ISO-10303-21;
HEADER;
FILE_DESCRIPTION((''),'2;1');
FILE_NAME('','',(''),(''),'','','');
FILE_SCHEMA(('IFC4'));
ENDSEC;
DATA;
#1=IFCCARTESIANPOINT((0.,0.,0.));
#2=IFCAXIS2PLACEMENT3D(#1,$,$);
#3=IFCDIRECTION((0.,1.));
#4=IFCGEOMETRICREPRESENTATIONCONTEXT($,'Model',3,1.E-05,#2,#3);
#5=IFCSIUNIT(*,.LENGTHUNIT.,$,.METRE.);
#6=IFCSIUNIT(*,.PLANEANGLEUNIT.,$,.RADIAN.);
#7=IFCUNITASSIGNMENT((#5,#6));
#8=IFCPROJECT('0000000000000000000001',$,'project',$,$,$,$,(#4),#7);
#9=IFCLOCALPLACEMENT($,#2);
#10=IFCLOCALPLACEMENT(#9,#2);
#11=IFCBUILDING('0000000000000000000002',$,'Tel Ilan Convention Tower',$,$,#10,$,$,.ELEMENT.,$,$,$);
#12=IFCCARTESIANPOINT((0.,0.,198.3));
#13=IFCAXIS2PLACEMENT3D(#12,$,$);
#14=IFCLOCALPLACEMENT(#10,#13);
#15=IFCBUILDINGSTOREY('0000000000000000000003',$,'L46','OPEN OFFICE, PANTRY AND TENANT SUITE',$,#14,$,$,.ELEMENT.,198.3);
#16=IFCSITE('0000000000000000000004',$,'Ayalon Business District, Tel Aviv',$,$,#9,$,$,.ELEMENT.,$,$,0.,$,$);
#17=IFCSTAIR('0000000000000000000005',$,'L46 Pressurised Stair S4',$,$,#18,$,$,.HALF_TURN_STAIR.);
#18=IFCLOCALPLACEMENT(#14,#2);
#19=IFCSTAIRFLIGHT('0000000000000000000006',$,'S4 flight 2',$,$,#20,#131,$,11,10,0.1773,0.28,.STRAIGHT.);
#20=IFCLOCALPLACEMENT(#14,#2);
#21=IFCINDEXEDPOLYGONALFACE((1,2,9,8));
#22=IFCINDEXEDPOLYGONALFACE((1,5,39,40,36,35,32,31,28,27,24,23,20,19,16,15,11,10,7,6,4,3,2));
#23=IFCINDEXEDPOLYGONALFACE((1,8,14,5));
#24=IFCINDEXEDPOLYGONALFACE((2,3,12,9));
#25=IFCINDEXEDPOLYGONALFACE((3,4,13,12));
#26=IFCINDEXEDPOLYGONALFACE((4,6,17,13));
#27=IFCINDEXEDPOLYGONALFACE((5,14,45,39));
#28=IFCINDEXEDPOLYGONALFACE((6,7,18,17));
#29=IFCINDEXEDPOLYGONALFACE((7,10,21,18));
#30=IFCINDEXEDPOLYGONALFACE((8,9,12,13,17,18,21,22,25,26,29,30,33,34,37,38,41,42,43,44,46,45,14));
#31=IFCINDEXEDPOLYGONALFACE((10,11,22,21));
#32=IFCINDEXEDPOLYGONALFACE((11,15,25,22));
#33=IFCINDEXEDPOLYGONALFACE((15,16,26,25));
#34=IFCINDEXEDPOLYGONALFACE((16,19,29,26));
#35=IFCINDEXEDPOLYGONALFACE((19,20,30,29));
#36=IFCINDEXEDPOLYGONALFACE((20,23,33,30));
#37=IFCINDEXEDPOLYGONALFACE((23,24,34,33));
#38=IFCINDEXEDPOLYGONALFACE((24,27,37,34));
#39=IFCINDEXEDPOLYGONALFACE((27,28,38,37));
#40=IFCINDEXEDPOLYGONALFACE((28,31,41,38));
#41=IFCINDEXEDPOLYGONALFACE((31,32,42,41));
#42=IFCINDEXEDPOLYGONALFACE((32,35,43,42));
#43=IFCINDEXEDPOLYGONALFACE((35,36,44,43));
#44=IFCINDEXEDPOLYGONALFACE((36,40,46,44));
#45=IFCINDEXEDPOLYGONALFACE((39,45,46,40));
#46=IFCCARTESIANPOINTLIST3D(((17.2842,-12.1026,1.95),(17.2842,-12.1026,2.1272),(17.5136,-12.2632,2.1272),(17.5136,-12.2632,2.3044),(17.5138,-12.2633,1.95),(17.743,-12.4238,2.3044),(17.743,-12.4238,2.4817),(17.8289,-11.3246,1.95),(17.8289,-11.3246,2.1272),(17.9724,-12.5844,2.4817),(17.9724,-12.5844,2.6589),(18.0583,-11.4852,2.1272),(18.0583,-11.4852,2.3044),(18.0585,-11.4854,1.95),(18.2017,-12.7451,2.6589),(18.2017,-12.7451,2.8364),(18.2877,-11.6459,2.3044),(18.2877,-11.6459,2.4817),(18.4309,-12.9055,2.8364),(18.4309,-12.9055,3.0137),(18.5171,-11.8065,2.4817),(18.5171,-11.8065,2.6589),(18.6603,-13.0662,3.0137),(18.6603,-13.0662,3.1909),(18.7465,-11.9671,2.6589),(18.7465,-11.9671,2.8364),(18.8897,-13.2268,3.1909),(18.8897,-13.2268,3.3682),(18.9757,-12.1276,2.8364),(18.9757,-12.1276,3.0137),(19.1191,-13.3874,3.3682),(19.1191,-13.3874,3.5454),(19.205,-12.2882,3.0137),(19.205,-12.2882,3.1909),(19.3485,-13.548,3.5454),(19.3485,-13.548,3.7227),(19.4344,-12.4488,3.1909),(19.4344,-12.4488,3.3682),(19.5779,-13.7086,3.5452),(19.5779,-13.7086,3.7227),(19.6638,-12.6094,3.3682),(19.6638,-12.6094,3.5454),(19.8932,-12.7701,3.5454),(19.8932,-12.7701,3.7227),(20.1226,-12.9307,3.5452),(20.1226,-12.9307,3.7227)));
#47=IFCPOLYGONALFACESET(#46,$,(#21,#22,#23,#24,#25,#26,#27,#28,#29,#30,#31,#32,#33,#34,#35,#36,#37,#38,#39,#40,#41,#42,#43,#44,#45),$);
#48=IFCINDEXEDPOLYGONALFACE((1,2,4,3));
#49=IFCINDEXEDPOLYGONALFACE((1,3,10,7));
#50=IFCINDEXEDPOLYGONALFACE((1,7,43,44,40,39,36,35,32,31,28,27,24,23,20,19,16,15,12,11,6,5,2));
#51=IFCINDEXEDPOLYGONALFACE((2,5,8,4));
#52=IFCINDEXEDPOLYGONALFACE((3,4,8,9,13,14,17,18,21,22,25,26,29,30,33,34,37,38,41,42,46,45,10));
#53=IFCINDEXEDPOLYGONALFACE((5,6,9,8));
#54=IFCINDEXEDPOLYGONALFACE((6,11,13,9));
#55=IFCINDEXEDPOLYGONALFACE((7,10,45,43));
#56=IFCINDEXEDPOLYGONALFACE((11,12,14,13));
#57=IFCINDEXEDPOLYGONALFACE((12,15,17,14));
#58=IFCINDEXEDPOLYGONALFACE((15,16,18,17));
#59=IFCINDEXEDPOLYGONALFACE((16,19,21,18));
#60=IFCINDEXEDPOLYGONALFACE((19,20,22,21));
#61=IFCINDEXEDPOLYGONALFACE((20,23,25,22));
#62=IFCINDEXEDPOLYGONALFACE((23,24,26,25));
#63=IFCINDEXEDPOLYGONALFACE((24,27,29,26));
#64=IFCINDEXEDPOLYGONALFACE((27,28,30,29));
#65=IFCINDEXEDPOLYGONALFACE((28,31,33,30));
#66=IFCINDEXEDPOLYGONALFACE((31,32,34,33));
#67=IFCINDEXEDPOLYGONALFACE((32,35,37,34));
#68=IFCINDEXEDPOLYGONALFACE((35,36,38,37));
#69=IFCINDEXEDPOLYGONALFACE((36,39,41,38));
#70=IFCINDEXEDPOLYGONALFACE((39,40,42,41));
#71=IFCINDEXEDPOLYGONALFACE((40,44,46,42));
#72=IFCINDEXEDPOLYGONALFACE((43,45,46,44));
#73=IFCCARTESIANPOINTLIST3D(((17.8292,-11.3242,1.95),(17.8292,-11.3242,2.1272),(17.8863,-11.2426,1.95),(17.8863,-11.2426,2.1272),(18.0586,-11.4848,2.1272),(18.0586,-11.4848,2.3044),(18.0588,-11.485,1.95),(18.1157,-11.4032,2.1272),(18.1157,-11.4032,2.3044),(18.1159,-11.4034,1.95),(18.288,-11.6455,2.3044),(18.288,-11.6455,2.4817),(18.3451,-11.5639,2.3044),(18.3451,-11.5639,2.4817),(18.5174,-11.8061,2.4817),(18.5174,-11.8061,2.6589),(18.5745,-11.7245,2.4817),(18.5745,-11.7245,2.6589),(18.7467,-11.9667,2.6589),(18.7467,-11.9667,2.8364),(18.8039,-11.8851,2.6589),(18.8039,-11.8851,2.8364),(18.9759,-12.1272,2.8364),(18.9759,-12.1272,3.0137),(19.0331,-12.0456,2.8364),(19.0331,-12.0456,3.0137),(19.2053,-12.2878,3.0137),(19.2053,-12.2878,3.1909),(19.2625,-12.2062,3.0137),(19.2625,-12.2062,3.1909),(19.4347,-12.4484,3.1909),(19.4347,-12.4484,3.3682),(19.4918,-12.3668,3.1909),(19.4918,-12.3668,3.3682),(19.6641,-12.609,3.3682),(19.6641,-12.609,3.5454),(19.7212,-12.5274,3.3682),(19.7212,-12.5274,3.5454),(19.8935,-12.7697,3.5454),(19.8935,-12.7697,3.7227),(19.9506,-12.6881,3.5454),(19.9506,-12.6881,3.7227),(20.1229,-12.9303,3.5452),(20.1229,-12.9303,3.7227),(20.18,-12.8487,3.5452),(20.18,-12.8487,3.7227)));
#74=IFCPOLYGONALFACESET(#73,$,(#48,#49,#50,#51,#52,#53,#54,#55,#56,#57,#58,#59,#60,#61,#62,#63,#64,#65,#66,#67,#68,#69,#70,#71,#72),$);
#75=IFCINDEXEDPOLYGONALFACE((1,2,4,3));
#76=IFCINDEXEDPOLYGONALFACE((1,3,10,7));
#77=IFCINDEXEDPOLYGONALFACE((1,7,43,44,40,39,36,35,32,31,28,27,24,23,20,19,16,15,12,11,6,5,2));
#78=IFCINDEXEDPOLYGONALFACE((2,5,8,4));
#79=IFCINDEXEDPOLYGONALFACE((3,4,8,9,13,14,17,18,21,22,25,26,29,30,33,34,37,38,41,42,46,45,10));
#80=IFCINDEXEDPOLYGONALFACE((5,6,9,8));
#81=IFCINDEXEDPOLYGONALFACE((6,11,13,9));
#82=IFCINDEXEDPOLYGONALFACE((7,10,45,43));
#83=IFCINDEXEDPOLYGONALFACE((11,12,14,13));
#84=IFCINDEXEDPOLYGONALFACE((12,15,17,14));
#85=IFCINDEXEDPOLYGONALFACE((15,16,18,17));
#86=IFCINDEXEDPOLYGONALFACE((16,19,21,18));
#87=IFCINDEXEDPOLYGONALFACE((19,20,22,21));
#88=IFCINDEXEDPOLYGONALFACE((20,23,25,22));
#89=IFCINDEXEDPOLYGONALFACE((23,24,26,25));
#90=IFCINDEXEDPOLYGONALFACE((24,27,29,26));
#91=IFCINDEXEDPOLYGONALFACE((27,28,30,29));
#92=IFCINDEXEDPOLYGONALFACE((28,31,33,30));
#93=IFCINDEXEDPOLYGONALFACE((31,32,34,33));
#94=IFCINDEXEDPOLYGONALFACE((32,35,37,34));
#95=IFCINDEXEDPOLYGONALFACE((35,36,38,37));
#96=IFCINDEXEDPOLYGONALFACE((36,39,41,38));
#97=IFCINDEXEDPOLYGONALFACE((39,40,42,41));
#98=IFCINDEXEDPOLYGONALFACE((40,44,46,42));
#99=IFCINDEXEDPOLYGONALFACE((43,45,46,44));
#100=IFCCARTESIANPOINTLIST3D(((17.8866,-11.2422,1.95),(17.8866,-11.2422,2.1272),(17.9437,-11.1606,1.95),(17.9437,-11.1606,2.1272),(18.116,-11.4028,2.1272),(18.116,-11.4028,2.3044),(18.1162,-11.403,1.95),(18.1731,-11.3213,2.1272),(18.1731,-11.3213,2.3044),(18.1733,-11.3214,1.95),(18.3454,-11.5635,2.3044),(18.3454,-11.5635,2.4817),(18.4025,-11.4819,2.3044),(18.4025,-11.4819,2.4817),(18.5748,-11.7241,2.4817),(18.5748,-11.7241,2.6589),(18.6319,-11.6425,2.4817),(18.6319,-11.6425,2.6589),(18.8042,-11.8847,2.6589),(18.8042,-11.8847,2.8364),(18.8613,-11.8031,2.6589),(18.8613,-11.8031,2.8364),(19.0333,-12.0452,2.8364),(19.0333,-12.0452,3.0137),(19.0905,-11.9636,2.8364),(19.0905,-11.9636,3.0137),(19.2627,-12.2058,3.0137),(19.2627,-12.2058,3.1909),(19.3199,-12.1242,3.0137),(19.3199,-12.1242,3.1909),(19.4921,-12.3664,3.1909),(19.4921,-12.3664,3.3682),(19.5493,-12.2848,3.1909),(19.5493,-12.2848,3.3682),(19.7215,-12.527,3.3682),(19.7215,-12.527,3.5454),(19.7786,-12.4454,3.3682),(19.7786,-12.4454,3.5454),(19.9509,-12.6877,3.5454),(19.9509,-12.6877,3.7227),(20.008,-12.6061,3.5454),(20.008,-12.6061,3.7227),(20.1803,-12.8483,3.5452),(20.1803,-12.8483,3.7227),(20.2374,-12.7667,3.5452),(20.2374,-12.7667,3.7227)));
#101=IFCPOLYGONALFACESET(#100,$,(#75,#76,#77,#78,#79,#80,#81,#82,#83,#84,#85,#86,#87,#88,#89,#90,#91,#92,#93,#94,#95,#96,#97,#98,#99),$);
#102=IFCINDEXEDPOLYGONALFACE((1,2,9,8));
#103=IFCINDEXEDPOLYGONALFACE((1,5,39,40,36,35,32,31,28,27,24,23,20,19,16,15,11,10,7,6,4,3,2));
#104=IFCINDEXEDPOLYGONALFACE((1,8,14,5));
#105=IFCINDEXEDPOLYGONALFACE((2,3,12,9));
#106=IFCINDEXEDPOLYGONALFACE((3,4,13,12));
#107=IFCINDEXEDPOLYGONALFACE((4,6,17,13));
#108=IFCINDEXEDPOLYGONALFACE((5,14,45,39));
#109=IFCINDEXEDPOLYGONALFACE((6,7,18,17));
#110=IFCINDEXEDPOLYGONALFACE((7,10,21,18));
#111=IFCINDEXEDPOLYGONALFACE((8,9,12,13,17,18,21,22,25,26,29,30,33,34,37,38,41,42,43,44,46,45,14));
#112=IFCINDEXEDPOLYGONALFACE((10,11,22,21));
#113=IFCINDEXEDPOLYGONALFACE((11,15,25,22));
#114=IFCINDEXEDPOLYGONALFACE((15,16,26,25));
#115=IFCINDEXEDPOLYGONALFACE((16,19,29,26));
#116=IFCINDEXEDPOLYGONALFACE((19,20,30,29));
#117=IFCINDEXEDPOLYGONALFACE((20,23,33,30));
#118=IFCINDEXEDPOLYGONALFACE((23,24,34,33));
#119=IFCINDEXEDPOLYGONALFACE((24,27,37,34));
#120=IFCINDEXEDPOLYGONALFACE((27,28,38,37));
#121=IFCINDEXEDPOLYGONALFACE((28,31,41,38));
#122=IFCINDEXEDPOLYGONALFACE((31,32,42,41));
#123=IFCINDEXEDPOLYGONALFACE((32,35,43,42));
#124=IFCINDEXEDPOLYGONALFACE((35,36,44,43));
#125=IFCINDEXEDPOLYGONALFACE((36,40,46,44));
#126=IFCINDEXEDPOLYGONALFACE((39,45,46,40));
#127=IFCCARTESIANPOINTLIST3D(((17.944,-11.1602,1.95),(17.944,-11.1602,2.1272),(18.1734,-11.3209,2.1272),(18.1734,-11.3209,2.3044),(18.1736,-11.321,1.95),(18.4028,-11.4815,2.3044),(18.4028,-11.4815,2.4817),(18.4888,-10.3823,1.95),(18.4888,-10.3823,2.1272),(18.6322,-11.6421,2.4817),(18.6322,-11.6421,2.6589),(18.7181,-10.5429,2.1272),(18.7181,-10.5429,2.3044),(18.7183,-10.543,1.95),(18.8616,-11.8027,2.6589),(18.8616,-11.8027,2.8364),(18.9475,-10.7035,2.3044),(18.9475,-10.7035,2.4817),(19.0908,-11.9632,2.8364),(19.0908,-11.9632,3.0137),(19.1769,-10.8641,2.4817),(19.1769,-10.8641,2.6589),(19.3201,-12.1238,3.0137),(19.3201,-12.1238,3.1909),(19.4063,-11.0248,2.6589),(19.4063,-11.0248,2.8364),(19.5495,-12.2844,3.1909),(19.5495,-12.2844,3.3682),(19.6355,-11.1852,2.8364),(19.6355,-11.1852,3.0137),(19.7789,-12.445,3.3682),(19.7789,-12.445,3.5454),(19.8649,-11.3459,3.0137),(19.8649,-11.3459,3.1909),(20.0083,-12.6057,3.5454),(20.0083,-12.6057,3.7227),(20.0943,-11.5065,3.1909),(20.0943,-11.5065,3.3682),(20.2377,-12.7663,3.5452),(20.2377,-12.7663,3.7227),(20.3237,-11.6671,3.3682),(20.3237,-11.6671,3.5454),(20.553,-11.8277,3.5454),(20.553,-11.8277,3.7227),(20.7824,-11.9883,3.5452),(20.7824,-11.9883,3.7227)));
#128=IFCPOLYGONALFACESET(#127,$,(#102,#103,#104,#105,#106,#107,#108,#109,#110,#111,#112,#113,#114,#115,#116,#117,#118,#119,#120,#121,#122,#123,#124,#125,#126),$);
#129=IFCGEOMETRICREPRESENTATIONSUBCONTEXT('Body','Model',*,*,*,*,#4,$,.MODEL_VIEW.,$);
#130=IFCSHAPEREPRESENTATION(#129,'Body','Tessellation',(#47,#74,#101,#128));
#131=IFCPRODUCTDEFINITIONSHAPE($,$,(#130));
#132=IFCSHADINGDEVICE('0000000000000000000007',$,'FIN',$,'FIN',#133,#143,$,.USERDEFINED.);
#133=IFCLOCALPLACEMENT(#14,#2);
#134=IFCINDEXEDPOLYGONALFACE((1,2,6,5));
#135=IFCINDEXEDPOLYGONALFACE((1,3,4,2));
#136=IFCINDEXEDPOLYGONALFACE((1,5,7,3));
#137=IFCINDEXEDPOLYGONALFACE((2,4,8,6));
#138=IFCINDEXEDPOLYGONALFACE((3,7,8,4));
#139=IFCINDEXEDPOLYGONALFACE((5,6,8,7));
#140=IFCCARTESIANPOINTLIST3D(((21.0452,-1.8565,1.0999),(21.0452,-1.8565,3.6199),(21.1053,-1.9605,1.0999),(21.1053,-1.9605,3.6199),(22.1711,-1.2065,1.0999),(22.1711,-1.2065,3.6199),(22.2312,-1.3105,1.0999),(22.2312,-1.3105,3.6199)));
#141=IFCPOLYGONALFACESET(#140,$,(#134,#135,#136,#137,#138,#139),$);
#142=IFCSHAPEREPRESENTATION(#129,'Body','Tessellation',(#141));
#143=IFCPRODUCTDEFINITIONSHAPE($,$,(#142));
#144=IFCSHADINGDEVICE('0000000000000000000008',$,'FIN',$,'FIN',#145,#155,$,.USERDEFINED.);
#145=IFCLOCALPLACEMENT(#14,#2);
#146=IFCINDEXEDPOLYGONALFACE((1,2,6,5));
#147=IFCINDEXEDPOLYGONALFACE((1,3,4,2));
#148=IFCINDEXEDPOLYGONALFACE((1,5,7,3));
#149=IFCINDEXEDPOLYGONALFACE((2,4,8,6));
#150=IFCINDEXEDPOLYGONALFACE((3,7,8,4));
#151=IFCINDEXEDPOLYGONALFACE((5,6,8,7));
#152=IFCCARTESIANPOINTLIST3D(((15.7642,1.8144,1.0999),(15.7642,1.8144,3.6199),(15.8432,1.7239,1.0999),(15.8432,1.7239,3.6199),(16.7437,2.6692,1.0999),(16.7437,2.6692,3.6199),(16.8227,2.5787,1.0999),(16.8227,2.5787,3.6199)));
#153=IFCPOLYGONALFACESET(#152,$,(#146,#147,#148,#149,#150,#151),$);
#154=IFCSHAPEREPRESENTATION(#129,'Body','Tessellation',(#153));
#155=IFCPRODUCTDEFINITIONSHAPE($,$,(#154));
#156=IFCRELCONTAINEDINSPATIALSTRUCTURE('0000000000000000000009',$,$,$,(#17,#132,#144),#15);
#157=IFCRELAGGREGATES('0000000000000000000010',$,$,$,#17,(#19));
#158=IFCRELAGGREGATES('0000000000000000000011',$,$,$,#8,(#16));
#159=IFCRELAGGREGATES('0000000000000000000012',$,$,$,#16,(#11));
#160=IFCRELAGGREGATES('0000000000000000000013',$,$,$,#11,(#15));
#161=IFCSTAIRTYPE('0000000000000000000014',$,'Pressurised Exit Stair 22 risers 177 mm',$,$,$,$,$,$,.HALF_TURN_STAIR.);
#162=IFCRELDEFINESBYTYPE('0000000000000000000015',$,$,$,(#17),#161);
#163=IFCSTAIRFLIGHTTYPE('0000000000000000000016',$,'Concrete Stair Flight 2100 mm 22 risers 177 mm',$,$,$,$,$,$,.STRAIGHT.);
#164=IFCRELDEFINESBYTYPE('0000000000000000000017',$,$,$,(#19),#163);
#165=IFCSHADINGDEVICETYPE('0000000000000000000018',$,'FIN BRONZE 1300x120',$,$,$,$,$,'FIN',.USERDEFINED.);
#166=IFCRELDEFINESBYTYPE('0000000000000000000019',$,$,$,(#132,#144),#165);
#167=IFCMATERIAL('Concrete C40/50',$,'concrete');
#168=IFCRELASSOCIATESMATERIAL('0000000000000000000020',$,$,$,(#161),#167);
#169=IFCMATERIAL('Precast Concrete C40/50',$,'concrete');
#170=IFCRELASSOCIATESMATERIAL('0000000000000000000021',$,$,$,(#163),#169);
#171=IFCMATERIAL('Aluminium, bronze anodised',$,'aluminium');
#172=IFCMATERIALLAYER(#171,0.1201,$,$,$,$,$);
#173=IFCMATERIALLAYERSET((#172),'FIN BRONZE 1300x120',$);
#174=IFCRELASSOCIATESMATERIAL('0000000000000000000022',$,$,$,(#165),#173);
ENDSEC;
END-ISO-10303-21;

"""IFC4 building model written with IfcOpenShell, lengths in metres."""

from ifc_helpers import new_model, si_unit, direction, frame, origin, origin_2d, place, context, subcontext, project, spatial, polyline, rectangle, outline, extrude, material, layer, layer_set, type_object, element, aggregate, save


model = new_model("IFC4")

# Units and contexts
model_context = context("Model", 3, precision=1e-05, world=origin(), true_north=direction((0.0, 1.0)))
body_context = subcontext(model_context, "Body", "Model", "MODEL_VIEW")
ifc_project = project(units=[si_unit("LENGTHUNIT", "METRE"), si_unit("PLANEANGLEUNIT", "RADIAN")], contexts=[model_context])

# Site, building, storey
site_placement = place(None, origin())
site = spatial("IfcSite", under=ifc_project, at=site_placement, Name="Ayalon Business District, Tel Aviv", CompositionType="ELEMENT", RefElevation=0.0)
building_placement = place(site_placement, origin())
building = spatial("IfcBuilding", under=site, at=building_placement, Name="Tel Ilan Convention Tower", CompositionType="ELEMENT")
storey_placement = place(building_placement, frame((0.0, 0.0, 198.3)))
storey = spatial("IfcBuildingStorey", under=building, at=storey_placement, Name="L46", Description="OPEN OFFICE, PANTRY AND TENANT SUITE", CompositionType="ELEMENT", Elevation=198.3)

# Shared definitions
ifc_material_1 = material(Name="Concrete C40/50", Category="concrete")
stair_type = type_object("IfcStairType", Name="Pressurised Exit Stair 22 risers 177 mm", PredefinedType="HALF_TURN_STAIR", material=ifc_material_1)
ifc_material_2 = material(Name="Precast Concrete C40/50", Category="concrete")
stair_flight_type = type_object("IfcStairFlightType", Name="Concrete Stair Flight 2100 mm 22 risers 177 mm", PredefinedType="STRAIGHT", material=ifc_material_2)

# Stair, stair flight
stair_1_placement = place(storey_placement, origin())
stair_1 = element("IfcStair", 1, at=stair_1_placement, inside=storey, type_object=stair_type, Name="L46 Pressurised Stair S4", PredefinedType="HALF_TURN_STAIR")
stair_flight_1_placement = place(storey_placement, frame((17.8865, -11.2424, 1.95), z_axis=(0.0, 0.0, 1.0), x_axis=(0.819152, -0.573576, 0.0)))
stair_flight_1 = element("IfcStairFlight", 2, at=stair_flight_1_placement, type_object=stair_flight_type, Name="S4 flight 2", NumberOfRisers=11, NumberOfTreads=10, PredefinedType="STRAIGHT", RiserHeight=0.1773, TreadLength=0.28, context=body_context, shape_type="SweptSolid", body=[
    extrude(outline(polyline([(0.0, 0.0), (0.0, 0.1772), (0.28, 0.1772), (0.28, 0.3545), (0.5601, 0.3545), (0.5601, 0.5317), (0.8401, 0.5317), (0.8401, 0.709), (1.1201, 0.709), (1.1201, 0.8865), (1.3999, 0.8865), (1.3999, 1.0637), (1.6799, 1.0637), (1.6799, 1.241), (1.96, 1.241), (1.96, 1.4182), (2.24, 1.4182), (2.24, 1.5955), (2.52, 1.5955), (2.52, 1.7727), (2.8, 1.7727), (2.8, 1.95), (2.8, 1.5952), (0.2803, 0.0), (0.0, 0.0)])), frame((0.0, -0.1003, 0.0), z_axis=(0.0, -1.0, 0.0), x_axis=(1.0, 0.0, 0.0)), (0.0, 0.0, 1.0), 0.9497),
    extrude(outline(polyline([(0.0, 0.0), (0.0, 0.1772), (0.28, 0.1772), (0.28, 0.3545), (0.5601, 0.3545), (0.5601, 0.5317), (0.8401, 0.5317), (0.8401, 0.709), (1.1201, 0.709), (1.1201, 0.8865), (1.3999, 0.8865), (1.3999, 1.0637), (1.6799, 1.0637), (1.6799, 1.241), (1.96, 1.241), (1.96, 1.4182), (2.24, 1.4182), (2.24, 1.5955), (2.52, 1.5955), (2.52, 1.7727), (2.8, 1.7727), (2.8, 1.95), (2.8, 1.5952), (0.2803, 0.0), (0.0, 0.0)])), frame((0.0, -0.0002, 0.0), z_axis=(0.0, -1.0, 0.0), x_axis=(1.0, 0.0, 0.0)), (0.0, 0.0, 1.0), 0.0996),
    extrude(outline(polyline([(0.0, 0.0), (0.0, 0.1772), (0.28, 0.1772), (0.28, 0.3545), (0.5601, 0.3545), (0.5601, 0.5317), (0.8401, 0.5317), (0.8401, 0.709), (1.1201, 0.709), (1.1201, 0.8865), (1.3999, 0.8865), (1.3999, 1.0637), (1.6799, 1.0637), (1.6799, 1.241), (1.96, 1.241), (1.96, 1.4182), (2.24, 1.4182), (2.24, 1.5955), (2.52, 1.5955), (2.52, 1.7727), (2.8, 1.7727), (2.8, 1.95), (2.8, 1.5952), (0.2803, 0.0), (0.0, 0.0)])), frame((0.0, 0.0999, 0.0), z_axis=(0.0, -1.0, 0.0), x_axis=(1.0, 0.0, 0.0)), (0.0, 0.0, 1.0), 0.0996),
    extrude(outline(polyline([(0.0, 0.0), (0.0, 0.1772), (0.28, 0.1772), (0.28, 0.3545), (0.5601, 0.3545), (0.5601, 0.5317), (0.8401, 0.5317), (0.8401, 0.709), (1.1201, 0.709), (1.1201, 0.8865), (1.3999, 0.8865), (1.3999, 1.0637), (1.6799, 1.0637), (1.6799, 1.241), (1.96, 1.241), (1.96, 1.4182), (2.24, 1.4182), (2.24, 1.5955), (2.52, 1.5955), (2.52, 1.7727), (2.8, 1.7727), (2.8, 1.95), (2.8, 1.5952), (0.2803, 0.0), (0.0, 0.0)])), frame((0.0, 1.05, 0.0), z_axis=(0.0, -1.0, 0.0), x_axis=(1.0, 0.0, 0.0)), (0.0, 0.0, 1.0), 0.9497),
])
aggregate(stair_1, [stair_flight_1])

# Shading devices
ifc_material_3 = material(Name="Aluminium, bronze anodised", Category="aluminium")
ifc_layer_1 = layer(ifc_material_3, 0.1201)
ifc_layer_set_1 = layer_set([ifc_layer_1], Name="FIN BRONZE 1300x120")
shading_device_type = type_object("IfcShadingDeviceType", Name="FIN BRONZE 1300x120", ElementType="FIN", PredefinedType="USERDEFINED", material=ifc_layer_set_1)
for number, where, z_axis, x_axis, name in (
    (3, (21.6382, -1.5835, 1.0999), (0.0, 0.0, 1.0), (0.866025, 0.5, 0.0), "FIN"),
    (4, (16.2935, 2.1965, 1.0999), (0.0, 0.0, 1.0), (0.753436, 0.657521, 0.0), "FIN"),
):
    element("IfcShadingDevice", number, at=place(storey_placement, frame(where, z_axis=z_axis, x_axis=x_axis)), inside=storey, type_object=shading_device_type, Name=name, ObjectType="FIN", PredefinedType="USERDEFINED", context=body_context, shape_type="SweptSolid", body=[
        extrude(rectangle(XDim=1.3, YDim=0.1201, at=origin_2d()), origin(), (0.0, 0.0, 1.0), 2.52),
    ])

save(model, "model.ifc")
